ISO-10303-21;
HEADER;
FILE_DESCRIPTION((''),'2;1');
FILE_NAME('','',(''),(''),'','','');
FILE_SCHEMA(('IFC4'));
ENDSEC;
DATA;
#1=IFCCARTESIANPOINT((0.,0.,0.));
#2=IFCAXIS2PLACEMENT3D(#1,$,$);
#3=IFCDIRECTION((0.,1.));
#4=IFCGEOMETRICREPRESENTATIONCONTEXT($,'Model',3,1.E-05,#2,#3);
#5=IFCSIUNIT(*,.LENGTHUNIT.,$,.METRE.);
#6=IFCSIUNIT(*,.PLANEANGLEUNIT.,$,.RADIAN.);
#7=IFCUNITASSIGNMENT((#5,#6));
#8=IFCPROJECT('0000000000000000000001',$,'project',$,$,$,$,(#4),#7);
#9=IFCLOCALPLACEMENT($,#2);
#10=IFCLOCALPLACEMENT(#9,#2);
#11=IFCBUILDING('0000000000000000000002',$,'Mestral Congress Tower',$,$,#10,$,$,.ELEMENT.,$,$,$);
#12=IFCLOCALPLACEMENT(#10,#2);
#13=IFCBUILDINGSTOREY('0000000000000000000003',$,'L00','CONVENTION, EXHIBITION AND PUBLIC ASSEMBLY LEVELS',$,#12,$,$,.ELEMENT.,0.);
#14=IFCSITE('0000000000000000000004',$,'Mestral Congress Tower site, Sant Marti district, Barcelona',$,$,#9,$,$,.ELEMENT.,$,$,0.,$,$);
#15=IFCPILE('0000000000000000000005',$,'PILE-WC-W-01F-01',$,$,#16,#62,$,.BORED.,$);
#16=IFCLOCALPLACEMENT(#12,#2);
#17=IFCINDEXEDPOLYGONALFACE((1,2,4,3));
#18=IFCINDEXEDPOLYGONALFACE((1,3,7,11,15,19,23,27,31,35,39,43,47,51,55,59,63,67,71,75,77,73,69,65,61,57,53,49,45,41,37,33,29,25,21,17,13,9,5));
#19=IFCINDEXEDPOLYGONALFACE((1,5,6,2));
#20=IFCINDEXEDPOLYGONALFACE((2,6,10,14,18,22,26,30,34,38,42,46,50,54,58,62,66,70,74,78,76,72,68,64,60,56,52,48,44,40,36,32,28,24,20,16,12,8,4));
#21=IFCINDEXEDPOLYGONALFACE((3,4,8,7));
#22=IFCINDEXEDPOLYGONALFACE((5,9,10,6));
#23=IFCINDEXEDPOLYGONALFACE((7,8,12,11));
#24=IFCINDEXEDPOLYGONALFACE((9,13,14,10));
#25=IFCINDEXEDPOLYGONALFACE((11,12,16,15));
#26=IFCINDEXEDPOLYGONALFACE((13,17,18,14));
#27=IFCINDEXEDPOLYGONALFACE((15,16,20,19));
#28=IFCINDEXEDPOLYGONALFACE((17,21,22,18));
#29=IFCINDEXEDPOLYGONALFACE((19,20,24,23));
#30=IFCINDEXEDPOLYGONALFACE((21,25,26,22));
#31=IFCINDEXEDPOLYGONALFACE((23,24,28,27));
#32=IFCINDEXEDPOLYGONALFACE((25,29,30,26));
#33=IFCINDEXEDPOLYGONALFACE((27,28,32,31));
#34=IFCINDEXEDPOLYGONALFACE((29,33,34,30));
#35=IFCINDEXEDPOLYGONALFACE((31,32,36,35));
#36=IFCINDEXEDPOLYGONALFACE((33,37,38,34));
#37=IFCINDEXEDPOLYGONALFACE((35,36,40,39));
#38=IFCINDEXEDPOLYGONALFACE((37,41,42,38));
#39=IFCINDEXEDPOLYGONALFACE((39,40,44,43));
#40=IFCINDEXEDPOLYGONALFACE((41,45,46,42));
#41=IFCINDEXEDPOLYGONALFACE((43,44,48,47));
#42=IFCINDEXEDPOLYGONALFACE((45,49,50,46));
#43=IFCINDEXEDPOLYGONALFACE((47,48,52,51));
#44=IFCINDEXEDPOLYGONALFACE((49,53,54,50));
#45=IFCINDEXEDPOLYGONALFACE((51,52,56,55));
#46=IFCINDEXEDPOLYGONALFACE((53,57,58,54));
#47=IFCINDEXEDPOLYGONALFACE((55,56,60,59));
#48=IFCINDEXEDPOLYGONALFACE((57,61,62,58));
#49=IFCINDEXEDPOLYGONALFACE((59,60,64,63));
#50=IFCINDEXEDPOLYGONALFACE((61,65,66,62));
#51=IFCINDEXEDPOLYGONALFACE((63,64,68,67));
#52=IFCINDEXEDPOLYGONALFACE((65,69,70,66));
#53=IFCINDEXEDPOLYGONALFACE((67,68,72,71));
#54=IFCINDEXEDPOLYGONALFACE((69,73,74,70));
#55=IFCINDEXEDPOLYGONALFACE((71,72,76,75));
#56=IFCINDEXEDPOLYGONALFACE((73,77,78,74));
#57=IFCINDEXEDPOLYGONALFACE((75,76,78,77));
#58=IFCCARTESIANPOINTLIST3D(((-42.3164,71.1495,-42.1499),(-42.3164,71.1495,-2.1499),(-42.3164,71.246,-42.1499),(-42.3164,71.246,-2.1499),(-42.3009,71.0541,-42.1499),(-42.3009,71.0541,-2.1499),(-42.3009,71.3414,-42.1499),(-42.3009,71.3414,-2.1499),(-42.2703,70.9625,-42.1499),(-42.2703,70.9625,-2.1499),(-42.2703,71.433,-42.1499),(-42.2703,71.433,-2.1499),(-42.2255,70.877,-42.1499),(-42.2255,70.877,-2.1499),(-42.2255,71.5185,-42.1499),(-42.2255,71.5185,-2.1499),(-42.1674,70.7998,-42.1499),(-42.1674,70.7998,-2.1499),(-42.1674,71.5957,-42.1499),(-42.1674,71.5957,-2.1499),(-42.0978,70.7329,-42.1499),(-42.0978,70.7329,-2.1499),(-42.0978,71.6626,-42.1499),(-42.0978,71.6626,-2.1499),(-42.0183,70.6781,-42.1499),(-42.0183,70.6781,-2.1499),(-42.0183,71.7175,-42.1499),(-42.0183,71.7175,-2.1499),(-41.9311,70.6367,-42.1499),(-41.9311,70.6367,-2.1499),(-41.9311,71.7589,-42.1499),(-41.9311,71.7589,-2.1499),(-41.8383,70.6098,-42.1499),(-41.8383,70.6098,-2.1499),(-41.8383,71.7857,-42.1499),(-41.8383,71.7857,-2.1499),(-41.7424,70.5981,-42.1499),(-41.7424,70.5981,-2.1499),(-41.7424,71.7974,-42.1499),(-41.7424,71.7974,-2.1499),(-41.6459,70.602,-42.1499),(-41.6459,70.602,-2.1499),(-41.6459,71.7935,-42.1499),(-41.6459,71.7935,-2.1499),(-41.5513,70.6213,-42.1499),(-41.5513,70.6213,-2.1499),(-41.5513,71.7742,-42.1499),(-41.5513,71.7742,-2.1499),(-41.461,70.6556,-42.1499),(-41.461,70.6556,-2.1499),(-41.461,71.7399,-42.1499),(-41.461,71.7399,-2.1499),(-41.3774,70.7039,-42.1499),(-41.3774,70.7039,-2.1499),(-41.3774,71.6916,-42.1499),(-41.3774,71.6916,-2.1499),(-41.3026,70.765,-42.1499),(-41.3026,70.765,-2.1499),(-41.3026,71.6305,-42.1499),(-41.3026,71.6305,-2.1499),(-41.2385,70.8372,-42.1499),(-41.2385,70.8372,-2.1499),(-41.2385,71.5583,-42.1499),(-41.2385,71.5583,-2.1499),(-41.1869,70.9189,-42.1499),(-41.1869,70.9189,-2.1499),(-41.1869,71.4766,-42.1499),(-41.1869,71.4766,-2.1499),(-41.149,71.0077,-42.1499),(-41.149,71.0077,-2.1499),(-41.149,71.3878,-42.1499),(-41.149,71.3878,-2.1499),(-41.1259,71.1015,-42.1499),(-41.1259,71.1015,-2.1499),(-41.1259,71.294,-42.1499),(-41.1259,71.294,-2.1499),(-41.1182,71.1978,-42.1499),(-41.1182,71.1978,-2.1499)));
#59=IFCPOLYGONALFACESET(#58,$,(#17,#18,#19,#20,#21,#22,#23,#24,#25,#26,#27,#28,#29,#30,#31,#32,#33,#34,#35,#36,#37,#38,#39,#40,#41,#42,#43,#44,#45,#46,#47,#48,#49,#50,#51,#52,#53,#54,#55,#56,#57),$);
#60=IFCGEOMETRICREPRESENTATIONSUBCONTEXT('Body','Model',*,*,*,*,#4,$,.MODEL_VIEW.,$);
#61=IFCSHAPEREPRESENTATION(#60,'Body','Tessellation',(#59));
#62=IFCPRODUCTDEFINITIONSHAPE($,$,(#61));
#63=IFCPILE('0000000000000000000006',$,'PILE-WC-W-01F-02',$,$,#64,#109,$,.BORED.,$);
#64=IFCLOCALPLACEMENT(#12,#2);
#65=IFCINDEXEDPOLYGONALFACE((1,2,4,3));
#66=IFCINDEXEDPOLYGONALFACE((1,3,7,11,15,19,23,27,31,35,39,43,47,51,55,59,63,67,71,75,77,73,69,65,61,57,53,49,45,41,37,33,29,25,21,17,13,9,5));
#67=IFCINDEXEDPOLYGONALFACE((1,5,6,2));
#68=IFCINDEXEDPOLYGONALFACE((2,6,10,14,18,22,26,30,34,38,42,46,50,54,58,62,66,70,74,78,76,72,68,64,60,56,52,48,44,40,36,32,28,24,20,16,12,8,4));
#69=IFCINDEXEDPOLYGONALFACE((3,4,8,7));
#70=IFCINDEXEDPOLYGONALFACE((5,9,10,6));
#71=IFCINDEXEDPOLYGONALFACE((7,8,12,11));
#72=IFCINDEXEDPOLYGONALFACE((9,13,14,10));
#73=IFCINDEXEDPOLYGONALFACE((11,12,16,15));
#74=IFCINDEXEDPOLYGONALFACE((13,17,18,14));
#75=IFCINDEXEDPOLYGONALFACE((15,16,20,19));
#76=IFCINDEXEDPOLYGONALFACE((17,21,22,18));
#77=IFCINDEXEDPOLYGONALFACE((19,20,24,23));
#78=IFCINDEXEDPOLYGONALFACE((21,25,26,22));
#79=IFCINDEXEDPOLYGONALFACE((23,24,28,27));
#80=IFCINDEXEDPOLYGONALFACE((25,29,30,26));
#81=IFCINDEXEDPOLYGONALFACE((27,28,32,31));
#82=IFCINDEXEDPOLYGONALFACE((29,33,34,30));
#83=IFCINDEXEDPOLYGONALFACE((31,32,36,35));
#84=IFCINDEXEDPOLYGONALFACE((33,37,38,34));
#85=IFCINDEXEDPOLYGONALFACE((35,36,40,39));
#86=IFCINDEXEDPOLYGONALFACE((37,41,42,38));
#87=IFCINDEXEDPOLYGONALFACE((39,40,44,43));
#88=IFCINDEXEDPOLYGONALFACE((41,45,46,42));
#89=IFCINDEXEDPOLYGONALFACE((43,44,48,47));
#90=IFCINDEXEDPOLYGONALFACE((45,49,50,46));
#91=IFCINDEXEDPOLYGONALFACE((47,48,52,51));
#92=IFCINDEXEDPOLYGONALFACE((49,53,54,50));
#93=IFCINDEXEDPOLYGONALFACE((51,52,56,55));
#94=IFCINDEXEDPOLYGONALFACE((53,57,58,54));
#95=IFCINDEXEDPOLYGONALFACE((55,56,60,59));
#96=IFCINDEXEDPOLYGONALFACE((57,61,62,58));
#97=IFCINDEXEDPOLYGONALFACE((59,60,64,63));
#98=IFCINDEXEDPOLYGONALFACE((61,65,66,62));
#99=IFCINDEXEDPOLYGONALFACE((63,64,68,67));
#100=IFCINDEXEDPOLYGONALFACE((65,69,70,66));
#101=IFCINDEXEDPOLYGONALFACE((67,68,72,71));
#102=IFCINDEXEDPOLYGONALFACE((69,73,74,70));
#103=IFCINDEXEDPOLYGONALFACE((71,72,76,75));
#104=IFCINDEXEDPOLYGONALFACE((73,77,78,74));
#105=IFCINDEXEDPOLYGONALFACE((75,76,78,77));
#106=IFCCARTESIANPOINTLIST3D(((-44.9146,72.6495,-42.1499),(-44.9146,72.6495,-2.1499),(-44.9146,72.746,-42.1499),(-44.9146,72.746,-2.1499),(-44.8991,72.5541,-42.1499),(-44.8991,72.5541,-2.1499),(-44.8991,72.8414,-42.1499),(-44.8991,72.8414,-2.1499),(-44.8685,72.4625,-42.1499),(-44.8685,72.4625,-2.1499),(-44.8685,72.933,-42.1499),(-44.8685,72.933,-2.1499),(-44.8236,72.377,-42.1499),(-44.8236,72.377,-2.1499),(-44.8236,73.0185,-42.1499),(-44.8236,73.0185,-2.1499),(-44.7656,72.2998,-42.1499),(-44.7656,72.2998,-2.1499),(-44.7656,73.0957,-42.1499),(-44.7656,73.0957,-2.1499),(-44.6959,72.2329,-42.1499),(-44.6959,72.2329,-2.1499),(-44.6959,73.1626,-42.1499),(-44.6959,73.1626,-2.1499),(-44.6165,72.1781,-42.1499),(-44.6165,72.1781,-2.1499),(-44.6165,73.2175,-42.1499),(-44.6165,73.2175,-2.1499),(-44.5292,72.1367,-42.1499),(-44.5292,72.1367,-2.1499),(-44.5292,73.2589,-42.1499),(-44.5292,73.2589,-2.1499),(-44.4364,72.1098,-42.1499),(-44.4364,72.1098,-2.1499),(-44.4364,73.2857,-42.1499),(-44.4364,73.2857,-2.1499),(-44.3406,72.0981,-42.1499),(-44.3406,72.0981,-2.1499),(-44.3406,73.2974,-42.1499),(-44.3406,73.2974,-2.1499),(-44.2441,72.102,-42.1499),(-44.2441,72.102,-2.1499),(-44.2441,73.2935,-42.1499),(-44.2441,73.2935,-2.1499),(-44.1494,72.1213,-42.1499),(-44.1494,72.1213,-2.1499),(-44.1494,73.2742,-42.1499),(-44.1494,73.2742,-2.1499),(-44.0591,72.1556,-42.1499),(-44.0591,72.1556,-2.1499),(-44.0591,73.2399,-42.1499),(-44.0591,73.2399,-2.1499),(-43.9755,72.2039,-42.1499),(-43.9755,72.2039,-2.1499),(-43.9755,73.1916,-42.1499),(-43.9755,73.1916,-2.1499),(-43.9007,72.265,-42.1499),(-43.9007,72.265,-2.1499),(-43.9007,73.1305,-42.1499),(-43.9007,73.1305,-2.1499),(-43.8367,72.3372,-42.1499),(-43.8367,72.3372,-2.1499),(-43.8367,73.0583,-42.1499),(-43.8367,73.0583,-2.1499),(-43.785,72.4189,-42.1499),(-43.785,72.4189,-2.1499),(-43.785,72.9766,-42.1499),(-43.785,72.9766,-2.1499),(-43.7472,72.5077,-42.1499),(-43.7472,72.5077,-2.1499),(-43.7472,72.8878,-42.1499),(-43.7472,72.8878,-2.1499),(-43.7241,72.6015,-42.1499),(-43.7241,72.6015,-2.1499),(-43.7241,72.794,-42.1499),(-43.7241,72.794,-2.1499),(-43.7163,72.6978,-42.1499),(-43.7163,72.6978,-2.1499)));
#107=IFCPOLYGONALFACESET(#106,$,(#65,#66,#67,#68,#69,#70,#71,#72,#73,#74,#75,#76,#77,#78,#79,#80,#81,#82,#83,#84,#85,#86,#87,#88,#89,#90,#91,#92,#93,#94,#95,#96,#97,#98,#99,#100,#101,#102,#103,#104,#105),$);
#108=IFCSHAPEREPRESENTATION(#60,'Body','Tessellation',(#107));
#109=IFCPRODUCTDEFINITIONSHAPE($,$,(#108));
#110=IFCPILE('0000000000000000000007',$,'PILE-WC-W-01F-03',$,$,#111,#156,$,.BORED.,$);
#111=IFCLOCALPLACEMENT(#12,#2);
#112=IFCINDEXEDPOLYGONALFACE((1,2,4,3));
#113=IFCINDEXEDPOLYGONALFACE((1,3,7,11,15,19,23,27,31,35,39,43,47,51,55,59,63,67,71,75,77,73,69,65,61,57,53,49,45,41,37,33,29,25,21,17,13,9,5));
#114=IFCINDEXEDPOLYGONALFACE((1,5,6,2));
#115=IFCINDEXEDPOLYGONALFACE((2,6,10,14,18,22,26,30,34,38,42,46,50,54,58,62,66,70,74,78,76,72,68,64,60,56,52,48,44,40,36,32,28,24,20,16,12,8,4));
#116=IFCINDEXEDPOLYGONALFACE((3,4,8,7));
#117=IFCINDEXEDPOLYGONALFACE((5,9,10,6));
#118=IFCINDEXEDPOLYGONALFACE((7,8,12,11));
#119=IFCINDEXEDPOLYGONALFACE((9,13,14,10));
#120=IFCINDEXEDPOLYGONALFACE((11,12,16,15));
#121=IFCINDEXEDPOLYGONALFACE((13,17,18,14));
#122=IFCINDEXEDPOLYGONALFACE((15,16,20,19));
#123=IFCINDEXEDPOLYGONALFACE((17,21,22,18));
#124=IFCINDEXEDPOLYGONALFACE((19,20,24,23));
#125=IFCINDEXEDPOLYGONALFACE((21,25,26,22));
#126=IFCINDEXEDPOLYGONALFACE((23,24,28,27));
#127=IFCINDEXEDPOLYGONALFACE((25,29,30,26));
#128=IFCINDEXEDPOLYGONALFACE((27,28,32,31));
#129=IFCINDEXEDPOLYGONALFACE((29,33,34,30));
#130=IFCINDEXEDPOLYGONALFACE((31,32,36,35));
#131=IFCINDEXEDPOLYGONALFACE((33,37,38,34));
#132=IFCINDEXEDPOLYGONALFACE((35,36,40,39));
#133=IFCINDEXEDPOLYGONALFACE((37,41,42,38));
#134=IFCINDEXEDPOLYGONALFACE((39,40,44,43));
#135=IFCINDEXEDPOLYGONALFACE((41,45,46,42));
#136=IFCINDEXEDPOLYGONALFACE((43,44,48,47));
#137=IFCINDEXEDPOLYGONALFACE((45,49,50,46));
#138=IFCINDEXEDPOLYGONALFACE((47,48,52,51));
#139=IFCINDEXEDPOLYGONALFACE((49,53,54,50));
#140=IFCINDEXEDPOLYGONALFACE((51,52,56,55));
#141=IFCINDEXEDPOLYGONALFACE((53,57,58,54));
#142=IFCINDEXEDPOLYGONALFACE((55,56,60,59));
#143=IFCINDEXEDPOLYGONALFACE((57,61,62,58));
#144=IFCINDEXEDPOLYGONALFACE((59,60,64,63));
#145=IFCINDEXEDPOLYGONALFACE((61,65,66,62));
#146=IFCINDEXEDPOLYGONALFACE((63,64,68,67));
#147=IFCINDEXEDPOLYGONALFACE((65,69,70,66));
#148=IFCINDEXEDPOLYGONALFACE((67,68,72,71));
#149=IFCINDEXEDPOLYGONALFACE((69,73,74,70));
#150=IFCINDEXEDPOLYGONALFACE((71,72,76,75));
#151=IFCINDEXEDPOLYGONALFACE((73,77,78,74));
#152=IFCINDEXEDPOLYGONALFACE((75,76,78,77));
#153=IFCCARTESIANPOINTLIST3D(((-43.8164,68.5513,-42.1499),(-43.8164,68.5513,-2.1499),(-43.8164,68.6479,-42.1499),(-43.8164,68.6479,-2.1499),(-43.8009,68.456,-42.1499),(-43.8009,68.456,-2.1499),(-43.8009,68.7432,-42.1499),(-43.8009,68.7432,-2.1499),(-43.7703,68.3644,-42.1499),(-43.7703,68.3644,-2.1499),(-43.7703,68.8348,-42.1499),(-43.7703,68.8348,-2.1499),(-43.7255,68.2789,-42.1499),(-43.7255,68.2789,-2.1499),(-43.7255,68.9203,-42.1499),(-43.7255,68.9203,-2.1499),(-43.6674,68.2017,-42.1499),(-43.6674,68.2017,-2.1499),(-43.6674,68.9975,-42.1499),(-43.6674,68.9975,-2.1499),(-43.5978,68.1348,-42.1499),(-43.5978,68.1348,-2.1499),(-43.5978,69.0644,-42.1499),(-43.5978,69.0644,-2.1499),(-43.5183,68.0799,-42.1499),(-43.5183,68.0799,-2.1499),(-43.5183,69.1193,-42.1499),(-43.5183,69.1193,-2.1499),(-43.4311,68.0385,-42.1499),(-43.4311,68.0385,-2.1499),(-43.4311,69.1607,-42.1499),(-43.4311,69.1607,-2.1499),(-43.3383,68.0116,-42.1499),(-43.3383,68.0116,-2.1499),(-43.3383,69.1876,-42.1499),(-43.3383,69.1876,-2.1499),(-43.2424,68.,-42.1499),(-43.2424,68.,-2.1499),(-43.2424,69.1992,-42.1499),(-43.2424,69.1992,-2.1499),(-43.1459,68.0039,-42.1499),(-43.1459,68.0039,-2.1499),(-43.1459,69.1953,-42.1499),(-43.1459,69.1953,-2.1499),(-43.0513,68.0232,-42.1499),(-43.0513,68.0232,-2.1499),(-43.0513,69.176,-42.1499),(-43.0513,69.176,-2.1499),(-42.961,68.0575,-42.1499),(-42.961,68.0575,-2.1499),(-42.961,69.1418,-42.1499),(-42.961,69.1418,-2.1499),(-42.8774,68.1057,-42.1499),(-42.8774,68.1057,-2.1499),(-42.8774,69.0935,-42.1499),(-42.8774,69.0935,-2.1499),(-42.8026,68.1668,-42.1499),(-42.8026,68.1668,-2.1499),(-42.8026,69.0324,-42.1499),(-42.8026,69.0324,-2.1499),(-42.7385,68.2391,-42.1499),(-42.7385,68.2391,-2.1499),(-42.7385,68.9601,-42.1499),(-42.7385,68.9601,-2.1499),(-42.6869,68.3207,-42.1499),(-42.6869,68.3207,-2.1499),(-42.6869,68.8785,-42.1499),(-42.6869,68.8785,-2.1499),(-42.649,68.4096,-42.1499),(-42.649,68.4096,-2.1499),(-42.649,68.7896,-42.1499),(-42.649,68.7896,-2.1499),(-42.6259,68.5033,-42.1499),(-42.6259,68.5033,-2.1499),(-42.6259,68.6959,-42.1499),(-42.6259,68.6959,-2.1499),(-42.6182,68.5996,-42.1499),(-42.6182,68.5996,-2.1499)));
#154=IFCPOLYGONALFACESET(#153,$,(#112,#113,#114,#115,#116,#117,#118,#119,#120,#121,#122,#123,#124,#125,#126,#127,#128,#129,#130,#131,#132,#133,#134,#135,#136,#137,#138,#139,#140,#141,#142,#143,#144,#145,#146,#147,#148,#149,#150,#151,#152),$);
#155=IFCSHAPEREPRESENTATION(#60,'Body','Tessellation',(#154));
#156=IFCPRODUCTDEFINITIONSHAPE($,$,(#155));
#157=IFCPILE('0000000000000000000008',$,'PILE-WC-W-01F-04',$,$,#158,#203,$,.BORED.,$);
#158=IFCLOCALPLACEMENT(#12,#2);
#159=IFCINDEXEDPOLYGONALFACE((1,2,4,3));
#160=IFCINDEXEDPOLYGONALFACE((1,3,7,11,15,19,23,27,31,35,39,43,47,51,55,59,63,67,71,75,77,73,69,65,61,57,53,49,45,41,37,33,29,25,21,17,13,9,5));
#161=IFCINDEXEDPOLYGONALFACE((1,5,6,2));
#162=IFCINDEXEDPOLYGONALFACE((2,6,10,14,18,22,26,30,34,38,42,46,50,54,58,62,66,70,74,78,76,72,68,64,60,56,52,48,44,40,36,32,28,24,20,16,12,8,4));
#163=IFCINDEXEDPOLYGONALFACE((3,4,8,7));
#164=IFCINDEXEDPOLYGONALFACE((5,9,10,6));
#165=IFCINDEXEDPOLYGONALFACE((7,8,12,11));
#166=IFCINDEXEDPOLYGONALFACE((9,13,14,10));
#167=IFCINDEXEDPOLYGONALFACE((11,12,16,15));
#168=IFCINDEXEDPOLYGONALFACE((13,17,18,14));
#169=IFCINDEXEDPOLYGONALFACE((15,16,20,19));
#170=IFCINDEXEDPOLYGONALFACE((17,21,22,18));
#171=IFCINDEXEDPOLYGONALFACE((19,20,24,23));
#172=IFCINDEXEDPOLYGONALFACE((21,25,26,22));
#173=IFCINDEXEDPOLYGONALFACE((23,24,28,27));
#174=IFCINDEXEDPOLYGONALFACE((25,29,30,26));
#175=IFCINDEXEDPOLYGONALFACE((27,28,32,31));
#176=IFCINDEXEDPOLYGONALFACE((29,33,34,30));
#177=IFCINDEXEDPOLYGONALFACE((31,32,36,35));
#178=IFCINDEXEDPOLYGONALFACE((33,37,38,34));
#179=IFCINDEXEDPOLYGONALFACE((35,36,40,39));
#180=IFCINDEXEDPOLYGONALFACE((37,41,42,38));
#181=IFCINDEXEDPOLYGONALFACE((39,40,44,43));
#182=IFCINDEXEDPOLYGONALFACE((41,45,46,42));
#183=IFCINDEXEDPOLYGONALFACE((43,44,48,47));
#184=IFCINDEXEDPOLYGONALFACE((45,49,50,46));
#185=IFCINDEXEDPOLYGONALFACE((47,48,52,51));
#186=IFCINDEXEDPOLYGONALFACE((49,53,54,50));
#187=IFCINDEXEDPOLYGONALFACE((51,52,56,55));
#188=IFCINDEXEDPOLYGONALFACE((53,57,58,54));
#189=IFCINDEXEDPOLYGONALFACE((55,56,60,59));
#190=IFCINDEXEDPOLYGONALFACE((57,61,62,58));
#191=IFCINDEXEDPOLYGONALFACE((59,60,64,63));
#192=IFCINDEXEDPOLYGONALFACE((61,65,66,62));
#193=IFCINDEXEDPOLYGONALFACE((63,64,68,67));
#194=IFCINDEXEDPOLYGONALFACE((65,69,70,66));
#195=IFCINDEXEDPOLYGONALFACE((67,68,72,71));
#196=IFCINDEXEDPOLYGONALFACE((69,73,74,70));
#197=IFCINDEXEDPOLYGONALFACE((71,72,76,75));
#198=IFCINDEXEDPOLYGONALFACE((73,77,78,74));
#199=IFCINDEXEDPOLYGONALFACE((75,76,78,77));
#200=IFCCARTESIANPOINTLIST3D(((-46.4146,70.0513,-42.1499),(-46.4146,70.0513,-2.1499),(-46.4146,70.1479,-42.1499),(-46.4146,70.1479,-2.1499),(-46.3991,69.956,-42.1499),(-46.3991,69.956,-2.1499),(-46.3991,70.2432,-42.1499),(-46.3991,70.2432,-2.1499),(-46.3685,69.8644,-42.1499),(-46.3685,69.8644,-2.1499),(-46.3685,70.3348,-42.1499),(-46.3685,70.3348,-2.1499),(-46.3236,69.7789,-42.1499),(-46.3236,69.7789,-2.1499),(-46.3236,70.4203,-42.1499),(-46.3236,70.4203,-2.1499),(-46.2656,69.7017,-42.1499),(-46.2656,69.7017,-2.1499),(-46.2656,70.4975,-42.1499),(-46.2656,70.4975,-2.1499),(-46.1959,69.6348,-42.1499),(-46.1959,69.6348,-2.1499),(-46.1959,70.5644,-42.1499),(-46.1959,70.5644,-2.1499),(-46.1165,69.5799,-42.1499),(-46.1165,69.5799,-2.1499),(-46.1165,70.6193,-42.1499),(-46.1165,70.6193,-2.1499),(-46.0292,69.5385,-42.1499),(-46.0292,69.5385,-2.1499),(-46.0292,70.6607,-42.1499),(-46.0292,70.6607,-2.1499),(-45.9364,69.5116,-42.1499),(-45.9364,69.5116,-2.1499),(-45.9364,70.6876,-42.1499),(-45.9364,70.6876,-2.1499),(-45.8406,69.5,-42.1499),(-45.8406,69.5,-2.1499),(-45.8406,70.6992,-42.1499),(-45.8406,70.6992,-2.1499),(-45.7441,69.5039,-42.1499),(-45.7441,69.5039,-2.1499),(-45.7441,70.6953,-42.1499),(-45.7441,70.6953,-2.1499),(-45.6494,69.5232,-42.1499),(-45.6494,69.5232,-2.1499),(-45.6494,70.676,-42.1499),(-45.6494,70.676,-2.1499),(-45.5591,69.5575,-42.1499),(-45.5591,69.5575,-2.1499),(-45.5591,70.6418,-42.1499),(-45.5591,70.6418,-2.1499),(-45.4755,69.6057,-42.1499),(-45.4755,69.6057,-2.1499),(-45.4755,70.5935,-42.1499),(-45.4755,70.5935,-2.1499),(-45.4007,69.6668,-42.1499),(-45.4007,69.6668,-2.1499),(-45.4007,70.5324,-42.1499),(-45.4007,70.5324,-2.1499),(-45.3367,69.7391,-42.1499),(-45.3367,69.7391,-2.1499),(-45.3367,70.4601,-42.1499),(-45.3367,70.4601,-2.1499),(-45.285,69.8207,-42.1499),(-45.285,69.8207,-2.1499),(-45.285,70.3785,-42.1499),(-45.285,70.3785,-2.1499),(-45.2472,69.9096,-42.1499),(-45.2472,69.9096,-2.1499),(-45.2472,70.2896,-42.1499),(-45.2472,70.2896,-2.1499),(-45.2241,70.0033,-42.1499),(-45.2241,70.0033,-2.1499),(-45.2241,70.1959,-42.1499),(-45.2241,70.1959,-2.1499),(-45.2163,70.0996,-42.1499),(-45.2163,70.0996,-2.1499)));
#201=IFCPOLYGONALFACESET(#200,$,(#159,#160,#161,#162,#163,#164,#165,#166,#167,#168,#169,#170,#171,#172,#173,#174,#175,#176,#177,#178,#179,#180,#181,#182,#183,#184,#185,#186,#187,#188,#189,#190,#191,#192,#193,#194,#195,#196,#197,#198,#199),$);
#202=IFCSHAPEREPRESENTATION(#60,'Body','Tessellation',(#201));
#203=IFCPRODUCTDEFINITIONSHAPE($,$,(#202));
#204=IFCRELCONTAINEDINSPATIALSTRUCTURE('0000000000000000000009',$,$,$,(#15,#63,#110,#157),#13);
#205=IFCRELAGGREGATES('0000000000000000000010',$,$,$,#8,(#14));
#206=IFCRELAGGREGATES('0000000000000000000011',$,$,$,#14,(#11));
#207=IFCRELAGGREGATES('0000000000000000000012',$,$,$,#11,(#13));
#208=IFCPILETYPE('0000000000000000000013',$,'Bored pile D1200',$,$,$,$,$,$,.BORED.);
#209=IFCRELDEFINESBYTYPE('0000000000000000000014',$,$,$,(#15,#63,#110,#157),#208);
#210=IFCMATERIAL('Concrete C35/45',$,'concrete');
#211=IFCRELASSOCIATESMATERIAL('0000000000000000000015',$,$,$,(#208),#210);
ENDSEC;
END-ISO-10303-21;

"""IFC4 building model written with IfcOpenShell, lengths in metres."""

from ifc_helpers import new_model, si_unit, direction, frame, origin, origin_2d, place, context, subcontext, project, spatial, circle, extrude, material, material_profile, profile_set, type_object, element, save


model = new_model("IFC4")

# Units and contexts
model_context = context("Model", 3, precision=1e-05, world=origin(), true_north=direction((0.0, 1.0)))
body_context = subcontext(model_context, "Body", "Model", "MODEL_VIEW")
ifc_project = project(units=[si_unit("LENGTHUNIT", "METRE"), si_unit("PLANEANGLEUNIT", "RADIAN")], contexts=[model_context])

# Site, building, storey
site_placement = place(None, origin())
site = spatial("IfcSite", under=ifc_project, at=site_placement, Name="Mestral Congress Tower site, Sant Marti district, Barcelona", CompositionType="ELEMENT", RefElevation=0.0)
building_placement = place(site_placement, origin())
building = spatial("IfcBuilding", under=site, at=building_placement, Name="Mestral Congress Tower", CompositionType="ELEMENT")
storey_placement = place(building_placement, origin())
storey = spatial("IfcBuildingStorey", under=building, at=storey_placement, Name="L00", Description="CONVENTION, EXHIBITION AND PUBLIC ASSEMBLY LEVELS", CompositionType="ELEMENT", Elevation=0.0)

# Piles
ifc_material_1 = material(Name="Concrete C35/45", Category="concrete")
ifc_material_profile_1 = material_profile(ifc_material_1, circle(Radius=0.6001, at=origin_2d()), Name="D1200")
ifc_profile_set_1 = profile_set([ifc_material_profile_1], Name="Concrete C35/45")
pile_type = type_object("IfcPileType", Name="Bored pile D1200", PredefinedType="BORED", material=ifc_profile_set_1)
for number, where, z_axis, x_axis, name in (
    (1, (-41.7183, 71.1978, -2.1499), (0.0, 0.0, -1.0), (1.0, 0.0, 0.0), "PILE-WC-W-01F-01"),
    (2, (-44.3164, 72.6978, -2.1499), (0.0, 0.0, -1.0), (1.0, 0.0, 0.0), "PILE-WC-W-01F-02"),
    (3, (-43.2183, 68.5996, -2.1499), (0.0, 0.0, -1.0), (1.0, 0.0, 0.0), "PILE-WC-W-01F-03"),
    (4, (-45.8164, 70.0996, -2.1499), (0.0, 0.0, -1.0), (1.0, 0.0, 0.0), "PILE-WC-W-01F-04"),
):
    element("IfcPile", number, at=place(storey_placement, frame(where, z_axis=z_axis, x_axis=x_axis)), inside=storey, type_object=pile_type, Name=name, PredefinedType="BORED", context=body_context, shape_type="SweptSolid", body=[
        extrude(circle(Radius=0.6001, at=origin_2d()), origin(), (0.0, 0.0, 1.0), 40.0),
    ])

save(model, "model.ifc")
